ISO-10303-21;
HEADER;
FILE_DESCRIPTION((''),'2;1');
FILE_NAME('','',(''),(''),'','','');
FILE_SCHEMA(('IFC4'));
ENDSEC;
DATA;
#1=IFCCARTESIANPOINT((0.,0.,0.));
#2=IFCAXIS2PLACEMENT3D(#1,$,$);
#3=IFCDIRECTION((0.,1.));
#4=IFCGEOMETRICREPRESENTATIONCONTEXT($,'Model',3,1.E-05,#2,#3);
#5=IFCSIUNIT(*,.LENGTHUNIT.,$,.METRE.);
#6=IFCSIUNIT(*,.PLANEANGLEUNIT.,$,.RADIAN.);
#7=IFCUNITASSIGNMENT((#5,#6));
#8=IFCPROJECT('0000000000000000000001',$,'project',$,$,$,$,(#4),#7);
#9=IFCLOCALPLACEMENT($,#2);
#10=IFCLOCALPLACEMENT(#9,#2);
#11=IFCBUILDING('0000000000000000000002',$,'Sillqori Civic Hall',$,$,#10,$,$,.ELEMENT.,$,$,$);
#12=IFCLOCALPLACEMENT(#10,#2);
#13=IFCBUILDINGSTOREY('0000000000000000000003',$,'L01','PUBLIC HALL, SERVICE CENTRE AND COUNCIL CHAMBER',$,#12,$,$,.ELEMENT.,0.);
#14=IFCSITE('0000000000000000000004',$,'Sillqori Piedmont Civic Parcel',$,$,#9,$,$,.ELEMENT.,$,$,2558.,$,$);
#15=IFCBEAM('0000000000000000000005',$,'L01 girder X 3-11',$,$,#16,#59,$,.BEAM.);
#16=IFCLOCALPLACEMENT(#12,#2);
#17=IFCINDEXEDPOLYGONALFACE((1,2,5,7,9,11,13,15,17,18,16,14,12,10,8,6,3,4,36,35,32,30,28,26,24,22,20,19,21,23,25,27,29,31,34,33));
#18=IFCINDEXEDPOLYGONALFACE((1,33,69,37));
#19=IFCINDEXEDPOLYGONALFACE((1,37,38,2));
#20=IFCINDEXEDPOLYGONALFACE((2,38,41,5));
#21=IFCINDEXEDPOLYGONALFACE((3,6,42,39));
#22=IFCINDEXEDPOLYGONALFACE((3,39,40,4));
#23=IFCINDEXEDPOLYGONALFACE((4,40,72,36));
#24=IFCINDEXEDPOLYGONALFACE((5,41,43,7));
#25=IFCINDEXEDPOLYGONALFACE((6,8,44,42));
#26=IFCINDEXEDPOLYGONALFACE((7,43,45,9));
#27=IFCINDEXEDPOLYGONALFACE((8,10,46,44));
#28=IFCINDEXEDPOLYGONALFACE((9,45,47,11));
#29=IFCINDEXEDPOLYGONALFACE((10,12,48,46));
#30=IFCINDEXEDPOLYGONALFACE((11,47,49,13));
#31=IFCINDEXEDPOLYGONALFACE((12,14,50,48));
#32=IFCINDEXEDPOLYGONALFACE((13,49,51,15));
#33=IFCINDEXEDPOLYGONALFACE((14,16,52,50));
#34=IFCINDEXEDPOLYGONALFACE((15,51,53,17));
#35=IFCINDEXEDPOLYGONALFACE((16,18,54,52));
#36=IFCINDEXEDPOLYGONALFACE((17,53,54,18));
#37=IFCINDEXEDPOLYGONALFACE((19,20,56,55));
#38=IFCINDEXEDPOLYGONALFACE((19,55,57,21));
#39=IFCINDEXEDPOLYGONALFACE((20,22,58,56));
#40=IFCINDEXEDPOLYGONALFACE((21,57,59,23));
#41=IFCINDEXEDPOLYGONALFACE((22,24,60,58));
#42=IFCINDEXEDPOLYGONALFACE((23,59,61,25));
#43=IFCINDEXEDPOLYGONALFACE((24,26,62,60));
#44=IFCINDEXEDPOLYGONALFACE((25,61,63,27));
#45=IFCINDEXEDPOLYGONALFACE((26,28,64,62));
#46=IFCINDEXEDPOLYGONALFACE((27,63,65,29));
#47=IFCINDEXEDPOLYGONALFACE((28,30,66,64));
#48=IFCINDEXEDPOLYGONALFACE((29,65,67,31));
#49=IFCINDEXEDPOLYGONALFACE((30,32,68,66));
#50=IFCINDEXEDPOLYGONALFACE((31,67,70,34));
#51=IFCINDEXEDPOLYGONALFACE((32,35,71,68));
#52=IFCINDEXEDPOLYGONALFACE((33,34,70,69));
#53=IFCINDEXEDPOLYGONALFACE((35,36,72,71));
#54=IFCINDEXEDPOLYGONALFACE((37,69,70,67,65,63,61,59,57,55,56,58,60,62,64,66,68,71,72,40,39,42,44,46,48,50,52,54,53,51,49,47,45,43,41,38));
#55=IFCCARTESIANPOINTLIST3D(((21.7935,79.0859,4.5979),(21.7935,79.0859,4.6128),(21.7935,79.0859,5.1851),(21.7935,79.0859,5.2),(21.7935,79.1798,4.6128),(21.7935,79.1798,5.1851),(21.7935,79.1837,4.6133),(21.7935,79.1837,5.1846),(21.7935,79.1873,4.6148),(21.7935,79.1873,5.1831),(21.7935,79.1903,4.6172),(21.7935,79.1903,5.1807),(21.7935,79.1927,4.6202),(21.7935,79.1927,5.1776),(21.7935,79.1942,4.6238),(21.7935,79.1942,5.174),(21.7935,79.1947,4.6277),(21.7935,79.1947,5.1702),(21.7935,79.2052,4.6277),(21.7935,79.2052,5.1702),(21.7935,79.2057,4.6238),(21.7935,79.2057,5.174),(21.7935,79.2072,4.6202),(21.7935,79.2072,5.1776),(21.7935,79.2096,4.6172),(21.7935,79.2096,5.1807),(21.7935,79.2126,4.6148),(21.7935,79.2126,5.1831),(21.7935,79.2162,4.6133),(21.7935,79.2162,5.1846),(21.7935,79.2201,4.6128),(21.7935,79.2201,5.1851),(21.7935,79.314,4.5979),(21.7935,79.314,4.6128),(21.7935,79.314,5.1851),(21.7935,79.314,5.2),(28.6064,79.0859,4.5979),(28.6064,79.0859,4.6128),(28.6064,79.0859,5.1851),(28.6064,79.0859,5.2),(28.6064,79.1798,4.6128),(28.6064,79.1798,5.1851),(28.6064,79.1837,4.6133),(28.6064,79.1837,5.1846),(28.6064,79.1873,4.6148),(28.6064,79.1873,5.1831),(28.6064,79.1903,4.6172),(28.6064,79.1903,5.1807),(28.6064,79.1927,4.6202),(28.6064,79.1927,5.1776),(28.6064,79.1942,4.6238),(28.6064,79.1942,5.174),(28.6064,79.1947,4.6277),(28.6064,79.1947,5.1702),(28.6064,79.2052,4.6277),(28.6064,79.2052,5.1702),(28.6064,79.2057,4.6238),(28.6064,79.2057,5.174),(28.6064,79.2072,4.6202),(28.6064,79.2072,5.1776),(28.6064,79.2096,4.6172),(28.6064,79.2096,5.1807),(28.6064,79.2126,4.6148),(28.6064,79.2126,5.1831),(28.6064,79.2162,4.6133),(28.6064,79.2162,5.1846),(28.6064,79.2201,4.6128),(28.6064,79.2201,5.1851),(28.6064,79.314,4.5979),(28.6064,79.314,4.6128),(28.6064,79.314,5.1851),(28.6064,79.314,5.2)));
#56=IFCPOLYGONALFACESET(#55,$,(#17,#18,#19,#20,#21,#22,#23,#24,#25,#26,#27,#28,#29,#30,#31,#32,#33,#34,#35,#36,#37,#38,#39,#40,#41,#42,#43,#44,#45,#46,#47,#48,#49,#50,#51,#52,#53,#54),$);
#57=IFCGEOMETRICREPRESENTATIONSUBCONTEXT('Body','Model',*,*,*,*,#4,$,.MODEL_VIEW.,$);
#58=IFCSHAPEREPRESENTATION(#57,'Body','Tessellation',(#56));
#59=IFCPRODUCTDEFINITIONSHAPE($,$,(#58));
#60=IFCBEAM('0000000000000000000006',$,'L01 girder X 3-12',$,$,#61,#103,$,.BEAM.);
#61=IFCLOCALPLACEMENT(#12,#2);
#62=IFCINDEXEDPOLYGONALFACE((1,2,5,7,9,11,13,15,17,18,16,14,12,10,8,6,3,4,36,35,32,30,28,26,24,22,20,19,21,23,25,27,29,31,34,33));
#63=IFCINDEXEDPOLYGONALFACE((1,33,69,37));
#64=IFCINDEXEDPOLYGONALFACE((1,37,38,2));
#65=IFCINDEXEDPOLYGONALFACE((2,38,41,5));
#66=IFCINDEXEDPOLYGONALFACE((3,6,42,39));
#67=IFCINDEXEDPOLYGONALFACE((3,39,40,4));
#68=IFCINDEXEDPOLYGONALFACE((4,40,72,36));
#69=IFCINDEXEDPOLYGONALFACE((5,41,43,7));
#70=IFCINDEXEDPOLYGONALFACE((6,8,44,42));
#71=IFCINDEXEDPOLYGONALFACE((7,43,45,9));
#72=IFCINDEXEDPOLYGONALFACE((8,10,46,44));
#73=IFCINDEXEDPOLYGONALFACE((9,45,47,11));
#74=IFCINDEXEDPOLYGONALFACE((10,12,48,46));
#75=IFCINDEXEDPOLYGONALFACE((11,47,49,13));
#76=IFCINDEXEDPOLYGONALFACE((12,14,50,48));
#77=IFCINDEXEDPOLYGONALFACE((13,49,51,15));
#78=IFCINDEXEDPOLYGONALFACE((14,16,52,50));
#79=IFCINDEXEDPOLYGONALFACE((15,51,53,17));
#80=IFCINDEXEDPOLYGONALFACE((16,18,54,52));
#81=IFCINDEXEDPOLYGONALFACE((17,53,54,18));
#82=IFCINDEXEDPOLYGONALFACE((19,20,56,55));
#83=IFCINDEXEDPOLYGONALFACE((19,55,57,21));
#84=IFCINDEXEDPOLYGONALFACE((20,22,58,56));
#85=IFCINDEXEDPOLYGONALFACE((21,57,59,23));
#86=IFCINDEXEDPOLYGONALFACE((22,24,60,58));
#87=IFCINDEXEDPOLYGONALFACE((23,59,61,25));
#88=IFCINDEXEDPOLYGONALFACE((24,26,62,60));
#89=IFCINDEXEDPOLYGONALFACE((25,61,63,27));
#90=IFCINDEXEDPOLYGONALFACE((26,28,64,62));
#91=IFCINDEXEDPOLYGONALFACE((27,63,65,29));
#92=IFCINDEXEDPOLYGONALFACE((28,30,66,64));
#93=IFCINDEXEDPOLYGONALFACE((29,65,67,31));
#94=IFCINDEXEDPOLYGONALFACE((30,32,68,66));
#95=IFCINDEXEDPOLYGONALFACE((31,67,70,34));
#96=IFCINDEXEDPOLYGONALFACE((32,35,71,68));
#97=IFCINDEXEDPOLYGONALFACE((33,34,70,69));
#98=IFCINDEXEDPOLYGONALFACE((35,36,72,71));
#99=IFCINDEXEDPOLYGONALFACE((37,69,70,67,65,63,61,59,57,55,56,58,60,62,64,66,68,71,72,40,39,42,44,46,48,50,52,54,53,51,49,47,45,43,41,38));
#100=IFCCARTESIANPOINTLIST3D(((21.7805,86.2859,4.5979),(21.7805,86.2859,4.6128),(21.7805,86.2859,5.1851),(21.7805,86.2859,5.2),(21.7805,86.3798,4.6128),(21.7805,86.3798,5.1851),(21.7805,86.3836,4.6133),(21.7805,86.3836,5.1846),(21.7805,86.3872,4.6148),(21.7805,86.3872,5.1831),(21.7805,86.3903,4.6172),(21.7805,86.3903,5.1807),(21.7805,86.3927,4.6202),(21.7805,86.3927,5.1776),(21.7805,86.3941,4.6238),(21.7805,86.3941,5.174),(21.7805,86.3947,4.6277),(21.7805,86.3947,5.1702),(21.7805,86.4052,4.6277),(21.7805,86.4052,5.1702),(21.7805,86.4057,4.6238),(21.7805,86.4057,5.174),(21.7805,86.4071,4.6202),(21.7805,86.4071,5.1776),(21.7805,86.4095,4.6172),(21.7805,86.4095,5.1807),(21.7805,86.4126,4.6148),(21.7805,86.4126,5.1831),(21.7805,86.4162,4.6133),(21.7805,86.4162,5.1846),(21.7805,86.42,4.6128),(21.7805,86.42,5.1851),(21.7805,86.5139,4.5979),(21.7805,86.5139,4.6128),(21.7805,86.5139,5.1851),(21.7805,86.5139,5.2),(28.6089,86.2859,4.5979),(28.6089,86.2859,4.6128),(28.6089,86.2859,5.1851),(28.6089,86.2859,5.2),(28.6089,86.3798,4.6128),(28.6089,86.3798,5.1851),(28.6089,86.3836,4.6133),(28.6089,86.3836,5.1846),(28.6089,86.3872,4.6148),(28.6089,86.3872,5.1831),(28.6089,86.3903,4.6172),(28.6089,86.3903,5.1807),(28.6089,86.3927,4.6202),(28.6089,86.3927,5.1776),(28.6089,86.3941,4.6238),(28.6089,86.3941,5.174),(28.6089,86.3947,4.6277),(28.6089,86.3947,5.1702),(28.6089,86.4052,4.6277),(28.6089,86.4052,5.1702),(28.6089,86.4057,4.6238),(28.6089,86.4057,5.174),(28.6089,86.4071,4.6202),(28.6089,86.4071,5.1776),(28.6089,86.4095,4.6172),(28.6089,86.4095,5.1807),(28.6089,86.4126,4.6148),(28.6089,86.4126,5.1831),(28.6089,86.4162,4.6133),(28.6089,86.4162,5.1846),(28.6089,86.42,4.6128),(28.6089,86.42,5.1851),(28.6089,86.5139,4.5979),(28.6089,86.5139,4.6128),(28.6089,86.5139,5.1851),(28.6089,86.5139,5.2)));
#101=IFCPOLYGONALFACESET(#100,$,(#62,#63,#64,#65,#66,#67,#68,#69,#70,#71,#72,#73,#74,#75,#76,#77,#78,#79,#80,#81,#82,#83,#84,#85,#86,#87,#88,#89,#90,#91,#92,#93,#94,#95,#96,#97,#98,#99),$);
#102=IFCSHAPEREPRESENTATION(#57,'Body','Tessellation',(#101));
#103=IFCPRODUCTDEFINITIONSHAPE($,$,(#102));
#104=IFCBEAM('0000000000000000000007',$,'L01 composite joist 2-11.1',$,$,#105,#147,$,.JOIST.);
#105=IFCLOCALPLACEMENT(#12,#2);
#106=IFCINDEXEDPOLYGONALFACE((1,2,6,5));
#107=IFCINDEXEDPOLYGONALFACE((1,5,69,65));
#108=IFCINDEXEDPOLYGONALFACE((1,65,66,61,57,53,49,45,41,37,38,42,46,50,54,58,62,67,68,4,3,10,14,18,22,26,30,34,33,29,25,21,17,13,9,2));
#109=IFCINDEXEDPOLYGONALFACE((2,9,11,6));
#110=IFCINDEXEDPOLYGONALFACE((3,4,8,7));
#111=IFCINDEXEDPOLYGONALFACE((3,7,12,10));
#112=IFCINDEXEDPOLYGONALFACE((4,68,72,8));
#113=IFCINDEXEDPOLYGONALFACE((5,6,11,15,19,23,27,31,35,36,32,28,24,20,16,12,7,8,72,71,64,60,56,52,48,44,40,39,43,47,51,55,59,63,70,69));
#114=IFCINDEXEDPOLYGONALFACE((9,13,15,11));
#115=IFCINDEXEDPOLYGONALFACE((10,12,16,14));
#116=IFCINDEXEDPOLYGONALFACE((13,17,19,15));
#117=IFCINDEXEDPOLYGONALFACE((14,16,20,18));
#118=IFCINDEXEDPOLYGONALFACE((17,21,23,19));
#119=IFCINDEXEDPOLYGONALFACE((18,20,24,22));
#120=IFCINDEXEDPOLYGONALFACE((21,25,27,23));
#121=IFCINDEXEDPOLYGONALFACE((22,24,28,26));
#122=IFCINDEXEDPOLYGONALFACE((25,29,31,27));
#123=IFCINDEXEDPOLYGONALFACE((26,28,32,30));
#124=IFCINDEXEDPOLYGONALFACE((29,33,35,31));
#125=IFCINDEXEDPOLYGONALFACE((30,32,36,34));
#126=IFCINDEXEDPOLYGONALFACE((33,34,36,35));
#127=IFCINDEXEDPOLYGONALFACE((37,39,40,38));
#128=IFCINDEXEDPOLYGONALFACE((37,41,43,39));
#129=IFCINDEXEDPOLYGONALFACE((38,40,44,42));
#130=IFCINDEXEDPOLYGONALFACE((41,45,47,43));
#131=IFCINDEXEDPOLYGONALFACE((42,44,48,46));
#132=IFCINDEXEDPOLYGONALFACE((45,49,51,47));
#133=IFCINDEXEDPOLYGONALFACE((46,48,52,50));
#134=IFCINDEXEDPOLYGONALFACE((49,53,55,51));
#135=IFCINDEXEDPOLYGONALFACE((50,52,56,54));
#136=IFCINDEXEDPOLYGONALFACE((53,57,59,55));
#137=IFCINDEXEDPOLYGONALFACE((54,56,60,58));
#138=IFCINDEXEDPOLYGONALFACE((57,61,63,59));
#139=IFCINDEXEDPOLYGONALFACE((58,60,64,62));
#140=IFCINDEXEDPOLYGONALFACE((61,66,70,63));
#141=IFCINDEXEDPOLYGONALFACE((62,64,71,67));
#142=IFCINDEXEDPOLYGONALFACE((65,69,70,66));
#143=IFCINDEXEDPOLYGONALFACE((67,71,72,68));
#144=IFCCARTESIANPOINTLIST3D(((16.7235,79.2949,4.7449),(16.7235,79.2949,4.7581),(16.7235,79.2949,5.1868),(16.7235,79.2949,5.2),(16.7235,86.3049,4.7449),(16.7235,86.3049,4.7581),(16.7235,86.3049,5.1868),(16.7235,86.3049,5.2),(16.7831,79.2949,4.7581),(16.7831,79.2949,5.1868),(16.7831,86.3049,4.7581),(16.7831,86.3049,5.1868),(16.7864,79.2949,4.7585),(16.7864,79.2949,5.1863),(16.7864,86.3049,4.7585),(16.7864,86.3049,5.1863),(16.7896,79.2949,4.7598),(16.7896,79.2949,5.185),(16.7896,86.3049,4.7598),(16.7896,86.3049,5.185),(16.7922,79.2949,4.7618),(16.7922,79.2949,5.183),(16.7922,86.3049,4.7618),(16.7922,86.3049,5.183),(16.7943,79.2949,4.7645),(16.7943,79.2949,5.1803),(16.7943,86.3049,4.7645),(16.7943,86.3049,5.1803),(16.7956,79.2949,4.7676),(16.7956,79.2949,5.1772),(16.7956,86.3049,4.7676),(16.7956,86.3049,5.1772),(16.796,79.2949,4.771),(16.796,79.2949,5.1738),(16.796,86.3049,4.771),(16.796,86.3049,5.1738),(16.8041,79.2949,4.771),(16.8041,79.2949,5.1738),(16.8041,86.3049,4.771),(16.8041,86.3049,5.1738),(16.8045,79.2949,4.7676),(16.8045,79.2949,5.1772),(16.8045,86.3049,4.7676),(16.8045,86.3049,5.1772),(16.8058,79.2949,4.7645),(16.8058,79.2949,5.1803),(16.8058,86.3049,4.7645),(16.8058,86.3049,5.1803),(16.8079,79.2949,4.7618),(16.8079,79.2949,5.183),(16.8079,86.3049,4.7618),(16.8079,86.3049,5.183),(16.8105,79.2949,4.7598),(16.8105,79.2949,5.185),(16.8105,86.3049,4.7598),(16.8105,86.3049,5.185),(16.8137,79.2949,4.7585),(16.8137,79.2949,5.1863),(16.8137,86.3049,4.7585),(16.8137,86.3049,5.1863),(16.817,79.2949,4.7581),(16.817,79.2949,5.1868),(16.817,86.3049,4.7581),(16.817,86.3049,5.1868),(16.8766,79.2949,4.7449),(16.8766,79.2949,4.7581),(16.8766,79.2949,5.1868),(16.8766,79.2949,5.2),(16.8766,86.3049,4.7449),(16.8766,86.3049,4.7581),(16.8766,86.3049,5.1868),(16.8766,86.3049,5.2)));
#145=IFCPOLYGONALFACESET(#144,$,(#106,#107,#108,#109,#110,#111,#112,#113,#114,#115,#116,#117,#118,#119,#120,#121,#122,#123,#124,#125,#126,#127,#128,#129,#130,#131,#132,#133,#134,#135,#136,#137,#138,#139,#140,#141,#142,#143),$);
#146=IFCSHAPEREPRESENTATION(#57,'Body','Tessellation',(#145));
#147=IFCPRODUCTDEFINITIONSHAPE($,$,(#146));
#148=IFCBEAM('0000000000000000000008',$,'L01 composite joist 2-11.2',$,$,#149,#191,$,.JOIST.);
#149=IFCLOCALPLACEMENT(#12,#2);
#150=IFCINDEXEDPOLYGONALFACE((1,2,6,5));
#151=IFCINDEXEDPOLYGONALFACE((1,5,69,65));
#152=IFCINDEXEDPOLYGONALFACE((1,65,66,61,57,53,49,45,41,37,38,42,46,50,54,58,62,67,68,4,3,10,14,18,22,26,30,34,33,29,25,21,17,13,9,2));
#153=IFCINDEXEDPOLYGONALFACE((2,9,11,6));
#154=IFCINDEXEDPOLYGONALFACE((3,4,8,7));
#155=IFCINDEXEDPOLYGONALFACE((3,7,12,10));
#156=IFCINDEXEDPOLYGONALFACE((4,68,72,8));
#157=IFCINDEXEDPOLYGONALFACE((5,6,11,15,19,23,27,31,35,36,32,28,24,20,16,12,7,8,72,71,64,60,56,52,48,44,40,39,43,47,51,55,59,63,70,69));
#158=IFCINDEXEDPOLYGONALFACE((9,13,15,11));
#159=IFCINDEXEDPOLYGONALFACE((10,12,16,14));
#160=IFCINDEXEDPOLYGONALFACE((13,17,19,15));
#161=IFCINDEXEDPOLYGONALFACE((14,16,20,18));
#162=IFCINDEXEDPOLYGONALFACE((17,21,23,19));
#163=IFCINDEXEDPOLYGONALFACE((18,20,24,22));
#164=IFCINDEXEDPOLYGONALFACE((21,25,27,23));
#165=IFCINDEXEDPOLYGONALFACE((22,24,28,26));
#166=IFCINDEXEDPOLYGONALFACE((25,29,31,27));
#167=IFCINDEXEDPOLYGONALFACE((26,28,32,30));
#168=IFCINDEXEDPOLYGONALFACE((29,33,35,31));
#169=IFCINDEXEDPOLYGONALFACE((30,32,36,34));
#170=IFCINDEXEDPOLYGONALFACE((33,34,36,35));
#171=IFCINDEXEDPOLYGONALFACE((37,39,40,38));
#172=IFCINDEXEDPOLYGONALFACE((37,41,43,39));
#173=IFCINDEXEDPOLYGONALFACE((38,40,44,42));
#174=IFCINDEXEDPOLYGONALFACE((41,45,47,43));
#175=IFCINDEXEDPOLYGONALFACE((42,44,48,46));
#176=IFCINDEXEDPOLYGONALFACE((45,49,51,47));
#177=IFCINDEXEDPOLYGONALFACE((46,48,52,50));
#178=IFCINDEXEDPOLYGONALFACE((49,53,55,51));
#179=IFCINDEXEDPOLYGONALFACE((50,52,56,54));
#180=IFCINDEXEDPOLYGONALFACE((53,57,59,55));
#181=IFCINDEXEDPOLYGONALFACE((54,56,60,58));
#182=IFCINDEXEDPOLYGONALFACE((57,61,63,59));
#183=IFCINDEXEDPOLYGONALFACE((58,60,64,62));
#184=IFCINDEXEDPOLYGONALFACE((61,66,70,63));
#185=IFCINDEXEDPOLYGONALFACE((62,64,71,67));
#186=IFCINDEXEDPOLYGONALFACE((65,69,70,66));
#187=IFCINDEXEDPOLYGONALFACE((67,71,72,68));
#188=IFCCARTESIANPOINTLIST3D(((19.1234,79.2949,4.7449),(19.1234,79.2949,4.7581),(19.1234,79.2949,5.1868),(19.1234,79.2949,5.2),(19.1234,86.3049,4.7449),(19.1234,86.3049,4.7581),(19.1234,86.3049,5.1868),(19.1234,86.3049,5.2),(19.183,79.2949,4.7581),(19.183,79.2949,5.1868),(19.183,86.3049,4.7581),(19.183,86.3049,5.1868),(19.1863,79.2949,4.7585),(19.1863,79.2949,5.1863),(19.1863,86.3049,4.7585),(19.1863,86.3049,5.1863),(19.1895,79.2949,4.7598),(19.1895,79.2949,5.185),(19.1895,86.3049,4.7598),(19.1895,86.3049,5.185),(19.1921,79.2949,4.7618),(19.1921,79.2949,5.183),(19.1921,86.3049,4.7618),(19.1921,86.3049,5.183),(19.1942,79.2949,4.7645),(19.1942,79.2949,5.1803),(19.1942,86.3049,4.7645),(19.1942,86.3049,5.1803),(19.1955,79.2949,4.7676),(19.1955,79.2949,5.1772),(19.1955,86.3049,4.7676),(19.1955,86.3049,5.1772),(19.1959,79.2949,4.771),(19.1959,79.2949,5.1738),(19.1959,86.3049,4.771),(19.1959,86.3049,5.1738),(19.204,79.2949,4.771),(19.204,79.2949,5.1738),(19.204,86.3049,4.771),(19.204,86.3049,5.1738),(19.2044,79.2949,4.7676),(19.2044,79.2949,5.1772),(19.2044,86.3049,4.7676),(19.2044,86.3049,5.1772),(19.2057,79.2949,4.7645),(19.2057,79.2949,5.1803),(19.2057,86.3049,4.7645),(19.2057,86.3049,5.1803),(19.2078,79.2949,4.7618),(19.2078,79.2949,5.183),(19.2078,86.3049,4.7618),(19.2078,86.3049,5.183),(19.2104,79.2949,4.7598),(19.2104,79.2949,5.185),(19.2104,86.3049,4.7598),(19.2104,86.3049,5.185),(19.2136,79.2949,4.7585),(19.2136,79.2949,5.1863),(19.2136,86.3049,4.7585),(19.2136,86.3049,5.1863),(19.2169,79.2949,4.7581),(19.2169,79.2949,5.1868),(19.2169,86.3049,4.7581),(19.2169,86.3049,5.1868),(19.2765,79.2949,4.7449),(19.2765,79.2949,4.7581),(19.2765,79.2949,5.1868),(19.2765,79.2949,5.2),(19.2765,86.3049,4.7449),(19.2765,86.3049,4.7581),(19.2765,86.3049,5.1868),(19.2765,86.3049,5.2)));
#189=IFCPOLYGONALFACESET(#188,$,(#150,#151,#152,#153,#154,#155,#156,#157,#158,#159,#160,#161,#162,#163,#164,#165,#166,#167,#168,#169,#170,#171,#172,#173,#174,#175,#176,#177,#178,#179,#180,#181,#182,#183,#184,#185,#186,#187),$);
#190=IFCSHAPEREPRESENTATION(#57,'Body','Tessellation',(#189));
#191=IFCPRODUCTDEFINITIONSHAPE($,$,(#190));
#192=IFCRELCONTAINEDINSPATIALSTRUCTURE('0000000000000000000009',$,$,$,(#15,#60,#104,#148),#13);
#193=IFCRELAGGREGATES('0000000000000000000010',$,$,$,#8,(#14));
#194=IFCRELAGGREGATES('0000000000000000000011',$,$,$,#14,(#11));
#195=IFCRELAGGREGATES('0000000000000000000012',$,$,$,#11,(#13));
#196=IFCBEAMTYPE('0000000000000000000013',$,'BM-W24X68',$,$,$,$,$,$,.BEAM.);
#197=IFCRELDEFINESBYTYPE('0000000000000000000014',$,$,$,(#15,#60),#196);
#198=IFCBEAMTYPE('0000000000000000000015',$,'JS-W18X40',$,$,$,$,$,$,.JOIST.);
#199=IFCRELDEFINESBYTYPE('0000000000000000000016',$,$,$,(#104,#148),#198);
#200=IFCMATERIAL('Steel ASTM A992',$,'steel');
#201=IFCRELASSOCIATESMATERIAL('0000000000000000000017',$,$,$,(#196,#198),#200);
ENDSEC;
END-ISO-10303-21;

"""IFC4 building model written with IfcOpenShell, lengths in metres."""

from ifc_helpers import new_model, si_unit, direction, frame, origin, origin_2d, place, context, subcontext, project, spatial, i_section, extrude, material, material_profile, profile_set, type_object, element, save


model = new_model("IFC4")

# Units and contexts
model_context = context("Model", 3, precision=1e-05, world=origin(), true_north=direction((0.0, 1.0)))
body_context = subcontext(model_context, "Body", "Model", "MODEL_VIEW")
ifc_project = project(units=[si_unit("LENGTHUNIT", "METRE"), si_unit("PLANEANGLEUNIT", "RADIAN")], contexts=[model_context])

# Site, building, storey
site_placement = place(None, origin())
site = spatial("IfcSite", under=ifc_project, at=site_placement, Name="Sillqori Piedmont Civic Parcel", CompositionType="ELEMENT", RefElevation=2558.0)
building_placement = place(site_placement, origin())
building = spatial("IfcBuilding", under=site, at=building_placement, Name="Sillqori Civic Hall", CompositionType="ELEMENT")
storey_placement = place(building_placement, origin())
storey = spatial("IfcBuildingStorey", under=building, at=storey_placement, Name="L01", Description="PUBLIC HALL, SERVICE CENTRE AND COUNCIL CHAMBER", CompositionType="ELEMENT", Elevation=0.0)

# Shared definitions
ifc_material_1 = material(Name="Steel ASTM A992", Category="steel")

# Beams
ifc_material_profile_1 = material_profile(ifc_material_1, i_section(OverallWidth=0.228, OverallDepth=0.6021, WebThickness=0.0105, FlangeThickness=0.0149, FilletRadius=0.0149, at=origin_2d()), Name="W24X68")
ifc_profile_set_1 = profile_set([ifc_material_profile_1], Name="Steel ASTM A992")
beam_type_1 = type_object("IfcBeamType", Name="BM-W24X68", PredefinedType="BEAM", material=ifc_profile_set_1)
beam_1_placement = place(storey_placement, frame((21.7935, 79.2, 4.8989), z_axis=(1.0, 0.0, 0.0), x_axis=(0.0, 1.0, 0.0)))
element("IfcBeam", 1, at=beam_1_placement, inside=storey, type_object=beam_type_1, Name="L01 girder X 3-11", PredefinedType="BEAM", context=body_context, shape_type="SweptSolid", body=[
    extrude(i_section(OverallWidth=0.228, OverallDepth=0.6021, WebThickness=0.0105, FlangeThickness=0.0149, FilletRadius=0.0149, at=origin_2d()), origin(), (0.0, 0.0, 1.0), 6.813),
])
beam_2_placement = place(storey_placement, frame((21.7805, 86.3999, 4.8989), z_axis=(1.0, 0.0, 0.0), x_axis=(0.0, 1.0, 0.0)))
element("IfcBeam", 2, at=beam_2_placement, inside=storey, type_object=beam_type_1, Name="L01 girder X 3-12", PredefinedType="BEAM", context=body_context, shape_type="SweptSolid", body=[
    extrude(i_section(OverallWidth=0.228, OverallDepth=0.6021, WebThickness=0.0105, FlangeThickness=0.0149, FilletRadius=0.0149, at=origin_2d()), origin(), (0.0, 0.0, 1.0), 6.8284),
])
ifc_material_profile_2 = material_profile(ifc_material_1, i_section(OverallWidth=0.1531, OverallDepth=0.4551, WebThickness=0.0081, FlangeThickness=0.0132, FilletRadius=0.0129, at=origin_2d()), Name="W18X40")
ifc_profile_set_2 = profile_set([ifc_material_profile_2], Name="Steel ASTM A992")
beam_type_2 = type_object("IfcBeamType", Name="JS-W18X40", PredefinedType="JOIST", material=ifc_profile_set_2)
for number, where, z_axis, x_axis, name in (
    (3, (16.8, 79.2949, 4.9724), (0.0, 1.0, 0.0), (-1.0, 0.0, 0.0), "L01 composite joist 2-11.1"),
    (4, (19.2, 79.2949, 4.9724), (0.0, 1.0, 0.0), (-1.0, 0.0, 0.0), "L01 composite joist 2-11.2"),
):
    element("IfcBeam", number, at=place(storey_placement, frame(where, z_axis=z_axis, x_axis=x_axis)), inside=storey, type_object=beam_type_2, Name=name, PredefinedType="JOIST", context=body_context, shape_type="SweptSolid", body=[
        extrude(i_section(OverallWidth=0.1531, OverallDepth=0.4551, WebThickness=0.0081, FlangeThickness=0.0132, FilletRadius=0.0129, at=origin_2d()), origin(), (0.0, 0.0, 1.0), 7.01),
    ])

save(model, "model.ifc")
